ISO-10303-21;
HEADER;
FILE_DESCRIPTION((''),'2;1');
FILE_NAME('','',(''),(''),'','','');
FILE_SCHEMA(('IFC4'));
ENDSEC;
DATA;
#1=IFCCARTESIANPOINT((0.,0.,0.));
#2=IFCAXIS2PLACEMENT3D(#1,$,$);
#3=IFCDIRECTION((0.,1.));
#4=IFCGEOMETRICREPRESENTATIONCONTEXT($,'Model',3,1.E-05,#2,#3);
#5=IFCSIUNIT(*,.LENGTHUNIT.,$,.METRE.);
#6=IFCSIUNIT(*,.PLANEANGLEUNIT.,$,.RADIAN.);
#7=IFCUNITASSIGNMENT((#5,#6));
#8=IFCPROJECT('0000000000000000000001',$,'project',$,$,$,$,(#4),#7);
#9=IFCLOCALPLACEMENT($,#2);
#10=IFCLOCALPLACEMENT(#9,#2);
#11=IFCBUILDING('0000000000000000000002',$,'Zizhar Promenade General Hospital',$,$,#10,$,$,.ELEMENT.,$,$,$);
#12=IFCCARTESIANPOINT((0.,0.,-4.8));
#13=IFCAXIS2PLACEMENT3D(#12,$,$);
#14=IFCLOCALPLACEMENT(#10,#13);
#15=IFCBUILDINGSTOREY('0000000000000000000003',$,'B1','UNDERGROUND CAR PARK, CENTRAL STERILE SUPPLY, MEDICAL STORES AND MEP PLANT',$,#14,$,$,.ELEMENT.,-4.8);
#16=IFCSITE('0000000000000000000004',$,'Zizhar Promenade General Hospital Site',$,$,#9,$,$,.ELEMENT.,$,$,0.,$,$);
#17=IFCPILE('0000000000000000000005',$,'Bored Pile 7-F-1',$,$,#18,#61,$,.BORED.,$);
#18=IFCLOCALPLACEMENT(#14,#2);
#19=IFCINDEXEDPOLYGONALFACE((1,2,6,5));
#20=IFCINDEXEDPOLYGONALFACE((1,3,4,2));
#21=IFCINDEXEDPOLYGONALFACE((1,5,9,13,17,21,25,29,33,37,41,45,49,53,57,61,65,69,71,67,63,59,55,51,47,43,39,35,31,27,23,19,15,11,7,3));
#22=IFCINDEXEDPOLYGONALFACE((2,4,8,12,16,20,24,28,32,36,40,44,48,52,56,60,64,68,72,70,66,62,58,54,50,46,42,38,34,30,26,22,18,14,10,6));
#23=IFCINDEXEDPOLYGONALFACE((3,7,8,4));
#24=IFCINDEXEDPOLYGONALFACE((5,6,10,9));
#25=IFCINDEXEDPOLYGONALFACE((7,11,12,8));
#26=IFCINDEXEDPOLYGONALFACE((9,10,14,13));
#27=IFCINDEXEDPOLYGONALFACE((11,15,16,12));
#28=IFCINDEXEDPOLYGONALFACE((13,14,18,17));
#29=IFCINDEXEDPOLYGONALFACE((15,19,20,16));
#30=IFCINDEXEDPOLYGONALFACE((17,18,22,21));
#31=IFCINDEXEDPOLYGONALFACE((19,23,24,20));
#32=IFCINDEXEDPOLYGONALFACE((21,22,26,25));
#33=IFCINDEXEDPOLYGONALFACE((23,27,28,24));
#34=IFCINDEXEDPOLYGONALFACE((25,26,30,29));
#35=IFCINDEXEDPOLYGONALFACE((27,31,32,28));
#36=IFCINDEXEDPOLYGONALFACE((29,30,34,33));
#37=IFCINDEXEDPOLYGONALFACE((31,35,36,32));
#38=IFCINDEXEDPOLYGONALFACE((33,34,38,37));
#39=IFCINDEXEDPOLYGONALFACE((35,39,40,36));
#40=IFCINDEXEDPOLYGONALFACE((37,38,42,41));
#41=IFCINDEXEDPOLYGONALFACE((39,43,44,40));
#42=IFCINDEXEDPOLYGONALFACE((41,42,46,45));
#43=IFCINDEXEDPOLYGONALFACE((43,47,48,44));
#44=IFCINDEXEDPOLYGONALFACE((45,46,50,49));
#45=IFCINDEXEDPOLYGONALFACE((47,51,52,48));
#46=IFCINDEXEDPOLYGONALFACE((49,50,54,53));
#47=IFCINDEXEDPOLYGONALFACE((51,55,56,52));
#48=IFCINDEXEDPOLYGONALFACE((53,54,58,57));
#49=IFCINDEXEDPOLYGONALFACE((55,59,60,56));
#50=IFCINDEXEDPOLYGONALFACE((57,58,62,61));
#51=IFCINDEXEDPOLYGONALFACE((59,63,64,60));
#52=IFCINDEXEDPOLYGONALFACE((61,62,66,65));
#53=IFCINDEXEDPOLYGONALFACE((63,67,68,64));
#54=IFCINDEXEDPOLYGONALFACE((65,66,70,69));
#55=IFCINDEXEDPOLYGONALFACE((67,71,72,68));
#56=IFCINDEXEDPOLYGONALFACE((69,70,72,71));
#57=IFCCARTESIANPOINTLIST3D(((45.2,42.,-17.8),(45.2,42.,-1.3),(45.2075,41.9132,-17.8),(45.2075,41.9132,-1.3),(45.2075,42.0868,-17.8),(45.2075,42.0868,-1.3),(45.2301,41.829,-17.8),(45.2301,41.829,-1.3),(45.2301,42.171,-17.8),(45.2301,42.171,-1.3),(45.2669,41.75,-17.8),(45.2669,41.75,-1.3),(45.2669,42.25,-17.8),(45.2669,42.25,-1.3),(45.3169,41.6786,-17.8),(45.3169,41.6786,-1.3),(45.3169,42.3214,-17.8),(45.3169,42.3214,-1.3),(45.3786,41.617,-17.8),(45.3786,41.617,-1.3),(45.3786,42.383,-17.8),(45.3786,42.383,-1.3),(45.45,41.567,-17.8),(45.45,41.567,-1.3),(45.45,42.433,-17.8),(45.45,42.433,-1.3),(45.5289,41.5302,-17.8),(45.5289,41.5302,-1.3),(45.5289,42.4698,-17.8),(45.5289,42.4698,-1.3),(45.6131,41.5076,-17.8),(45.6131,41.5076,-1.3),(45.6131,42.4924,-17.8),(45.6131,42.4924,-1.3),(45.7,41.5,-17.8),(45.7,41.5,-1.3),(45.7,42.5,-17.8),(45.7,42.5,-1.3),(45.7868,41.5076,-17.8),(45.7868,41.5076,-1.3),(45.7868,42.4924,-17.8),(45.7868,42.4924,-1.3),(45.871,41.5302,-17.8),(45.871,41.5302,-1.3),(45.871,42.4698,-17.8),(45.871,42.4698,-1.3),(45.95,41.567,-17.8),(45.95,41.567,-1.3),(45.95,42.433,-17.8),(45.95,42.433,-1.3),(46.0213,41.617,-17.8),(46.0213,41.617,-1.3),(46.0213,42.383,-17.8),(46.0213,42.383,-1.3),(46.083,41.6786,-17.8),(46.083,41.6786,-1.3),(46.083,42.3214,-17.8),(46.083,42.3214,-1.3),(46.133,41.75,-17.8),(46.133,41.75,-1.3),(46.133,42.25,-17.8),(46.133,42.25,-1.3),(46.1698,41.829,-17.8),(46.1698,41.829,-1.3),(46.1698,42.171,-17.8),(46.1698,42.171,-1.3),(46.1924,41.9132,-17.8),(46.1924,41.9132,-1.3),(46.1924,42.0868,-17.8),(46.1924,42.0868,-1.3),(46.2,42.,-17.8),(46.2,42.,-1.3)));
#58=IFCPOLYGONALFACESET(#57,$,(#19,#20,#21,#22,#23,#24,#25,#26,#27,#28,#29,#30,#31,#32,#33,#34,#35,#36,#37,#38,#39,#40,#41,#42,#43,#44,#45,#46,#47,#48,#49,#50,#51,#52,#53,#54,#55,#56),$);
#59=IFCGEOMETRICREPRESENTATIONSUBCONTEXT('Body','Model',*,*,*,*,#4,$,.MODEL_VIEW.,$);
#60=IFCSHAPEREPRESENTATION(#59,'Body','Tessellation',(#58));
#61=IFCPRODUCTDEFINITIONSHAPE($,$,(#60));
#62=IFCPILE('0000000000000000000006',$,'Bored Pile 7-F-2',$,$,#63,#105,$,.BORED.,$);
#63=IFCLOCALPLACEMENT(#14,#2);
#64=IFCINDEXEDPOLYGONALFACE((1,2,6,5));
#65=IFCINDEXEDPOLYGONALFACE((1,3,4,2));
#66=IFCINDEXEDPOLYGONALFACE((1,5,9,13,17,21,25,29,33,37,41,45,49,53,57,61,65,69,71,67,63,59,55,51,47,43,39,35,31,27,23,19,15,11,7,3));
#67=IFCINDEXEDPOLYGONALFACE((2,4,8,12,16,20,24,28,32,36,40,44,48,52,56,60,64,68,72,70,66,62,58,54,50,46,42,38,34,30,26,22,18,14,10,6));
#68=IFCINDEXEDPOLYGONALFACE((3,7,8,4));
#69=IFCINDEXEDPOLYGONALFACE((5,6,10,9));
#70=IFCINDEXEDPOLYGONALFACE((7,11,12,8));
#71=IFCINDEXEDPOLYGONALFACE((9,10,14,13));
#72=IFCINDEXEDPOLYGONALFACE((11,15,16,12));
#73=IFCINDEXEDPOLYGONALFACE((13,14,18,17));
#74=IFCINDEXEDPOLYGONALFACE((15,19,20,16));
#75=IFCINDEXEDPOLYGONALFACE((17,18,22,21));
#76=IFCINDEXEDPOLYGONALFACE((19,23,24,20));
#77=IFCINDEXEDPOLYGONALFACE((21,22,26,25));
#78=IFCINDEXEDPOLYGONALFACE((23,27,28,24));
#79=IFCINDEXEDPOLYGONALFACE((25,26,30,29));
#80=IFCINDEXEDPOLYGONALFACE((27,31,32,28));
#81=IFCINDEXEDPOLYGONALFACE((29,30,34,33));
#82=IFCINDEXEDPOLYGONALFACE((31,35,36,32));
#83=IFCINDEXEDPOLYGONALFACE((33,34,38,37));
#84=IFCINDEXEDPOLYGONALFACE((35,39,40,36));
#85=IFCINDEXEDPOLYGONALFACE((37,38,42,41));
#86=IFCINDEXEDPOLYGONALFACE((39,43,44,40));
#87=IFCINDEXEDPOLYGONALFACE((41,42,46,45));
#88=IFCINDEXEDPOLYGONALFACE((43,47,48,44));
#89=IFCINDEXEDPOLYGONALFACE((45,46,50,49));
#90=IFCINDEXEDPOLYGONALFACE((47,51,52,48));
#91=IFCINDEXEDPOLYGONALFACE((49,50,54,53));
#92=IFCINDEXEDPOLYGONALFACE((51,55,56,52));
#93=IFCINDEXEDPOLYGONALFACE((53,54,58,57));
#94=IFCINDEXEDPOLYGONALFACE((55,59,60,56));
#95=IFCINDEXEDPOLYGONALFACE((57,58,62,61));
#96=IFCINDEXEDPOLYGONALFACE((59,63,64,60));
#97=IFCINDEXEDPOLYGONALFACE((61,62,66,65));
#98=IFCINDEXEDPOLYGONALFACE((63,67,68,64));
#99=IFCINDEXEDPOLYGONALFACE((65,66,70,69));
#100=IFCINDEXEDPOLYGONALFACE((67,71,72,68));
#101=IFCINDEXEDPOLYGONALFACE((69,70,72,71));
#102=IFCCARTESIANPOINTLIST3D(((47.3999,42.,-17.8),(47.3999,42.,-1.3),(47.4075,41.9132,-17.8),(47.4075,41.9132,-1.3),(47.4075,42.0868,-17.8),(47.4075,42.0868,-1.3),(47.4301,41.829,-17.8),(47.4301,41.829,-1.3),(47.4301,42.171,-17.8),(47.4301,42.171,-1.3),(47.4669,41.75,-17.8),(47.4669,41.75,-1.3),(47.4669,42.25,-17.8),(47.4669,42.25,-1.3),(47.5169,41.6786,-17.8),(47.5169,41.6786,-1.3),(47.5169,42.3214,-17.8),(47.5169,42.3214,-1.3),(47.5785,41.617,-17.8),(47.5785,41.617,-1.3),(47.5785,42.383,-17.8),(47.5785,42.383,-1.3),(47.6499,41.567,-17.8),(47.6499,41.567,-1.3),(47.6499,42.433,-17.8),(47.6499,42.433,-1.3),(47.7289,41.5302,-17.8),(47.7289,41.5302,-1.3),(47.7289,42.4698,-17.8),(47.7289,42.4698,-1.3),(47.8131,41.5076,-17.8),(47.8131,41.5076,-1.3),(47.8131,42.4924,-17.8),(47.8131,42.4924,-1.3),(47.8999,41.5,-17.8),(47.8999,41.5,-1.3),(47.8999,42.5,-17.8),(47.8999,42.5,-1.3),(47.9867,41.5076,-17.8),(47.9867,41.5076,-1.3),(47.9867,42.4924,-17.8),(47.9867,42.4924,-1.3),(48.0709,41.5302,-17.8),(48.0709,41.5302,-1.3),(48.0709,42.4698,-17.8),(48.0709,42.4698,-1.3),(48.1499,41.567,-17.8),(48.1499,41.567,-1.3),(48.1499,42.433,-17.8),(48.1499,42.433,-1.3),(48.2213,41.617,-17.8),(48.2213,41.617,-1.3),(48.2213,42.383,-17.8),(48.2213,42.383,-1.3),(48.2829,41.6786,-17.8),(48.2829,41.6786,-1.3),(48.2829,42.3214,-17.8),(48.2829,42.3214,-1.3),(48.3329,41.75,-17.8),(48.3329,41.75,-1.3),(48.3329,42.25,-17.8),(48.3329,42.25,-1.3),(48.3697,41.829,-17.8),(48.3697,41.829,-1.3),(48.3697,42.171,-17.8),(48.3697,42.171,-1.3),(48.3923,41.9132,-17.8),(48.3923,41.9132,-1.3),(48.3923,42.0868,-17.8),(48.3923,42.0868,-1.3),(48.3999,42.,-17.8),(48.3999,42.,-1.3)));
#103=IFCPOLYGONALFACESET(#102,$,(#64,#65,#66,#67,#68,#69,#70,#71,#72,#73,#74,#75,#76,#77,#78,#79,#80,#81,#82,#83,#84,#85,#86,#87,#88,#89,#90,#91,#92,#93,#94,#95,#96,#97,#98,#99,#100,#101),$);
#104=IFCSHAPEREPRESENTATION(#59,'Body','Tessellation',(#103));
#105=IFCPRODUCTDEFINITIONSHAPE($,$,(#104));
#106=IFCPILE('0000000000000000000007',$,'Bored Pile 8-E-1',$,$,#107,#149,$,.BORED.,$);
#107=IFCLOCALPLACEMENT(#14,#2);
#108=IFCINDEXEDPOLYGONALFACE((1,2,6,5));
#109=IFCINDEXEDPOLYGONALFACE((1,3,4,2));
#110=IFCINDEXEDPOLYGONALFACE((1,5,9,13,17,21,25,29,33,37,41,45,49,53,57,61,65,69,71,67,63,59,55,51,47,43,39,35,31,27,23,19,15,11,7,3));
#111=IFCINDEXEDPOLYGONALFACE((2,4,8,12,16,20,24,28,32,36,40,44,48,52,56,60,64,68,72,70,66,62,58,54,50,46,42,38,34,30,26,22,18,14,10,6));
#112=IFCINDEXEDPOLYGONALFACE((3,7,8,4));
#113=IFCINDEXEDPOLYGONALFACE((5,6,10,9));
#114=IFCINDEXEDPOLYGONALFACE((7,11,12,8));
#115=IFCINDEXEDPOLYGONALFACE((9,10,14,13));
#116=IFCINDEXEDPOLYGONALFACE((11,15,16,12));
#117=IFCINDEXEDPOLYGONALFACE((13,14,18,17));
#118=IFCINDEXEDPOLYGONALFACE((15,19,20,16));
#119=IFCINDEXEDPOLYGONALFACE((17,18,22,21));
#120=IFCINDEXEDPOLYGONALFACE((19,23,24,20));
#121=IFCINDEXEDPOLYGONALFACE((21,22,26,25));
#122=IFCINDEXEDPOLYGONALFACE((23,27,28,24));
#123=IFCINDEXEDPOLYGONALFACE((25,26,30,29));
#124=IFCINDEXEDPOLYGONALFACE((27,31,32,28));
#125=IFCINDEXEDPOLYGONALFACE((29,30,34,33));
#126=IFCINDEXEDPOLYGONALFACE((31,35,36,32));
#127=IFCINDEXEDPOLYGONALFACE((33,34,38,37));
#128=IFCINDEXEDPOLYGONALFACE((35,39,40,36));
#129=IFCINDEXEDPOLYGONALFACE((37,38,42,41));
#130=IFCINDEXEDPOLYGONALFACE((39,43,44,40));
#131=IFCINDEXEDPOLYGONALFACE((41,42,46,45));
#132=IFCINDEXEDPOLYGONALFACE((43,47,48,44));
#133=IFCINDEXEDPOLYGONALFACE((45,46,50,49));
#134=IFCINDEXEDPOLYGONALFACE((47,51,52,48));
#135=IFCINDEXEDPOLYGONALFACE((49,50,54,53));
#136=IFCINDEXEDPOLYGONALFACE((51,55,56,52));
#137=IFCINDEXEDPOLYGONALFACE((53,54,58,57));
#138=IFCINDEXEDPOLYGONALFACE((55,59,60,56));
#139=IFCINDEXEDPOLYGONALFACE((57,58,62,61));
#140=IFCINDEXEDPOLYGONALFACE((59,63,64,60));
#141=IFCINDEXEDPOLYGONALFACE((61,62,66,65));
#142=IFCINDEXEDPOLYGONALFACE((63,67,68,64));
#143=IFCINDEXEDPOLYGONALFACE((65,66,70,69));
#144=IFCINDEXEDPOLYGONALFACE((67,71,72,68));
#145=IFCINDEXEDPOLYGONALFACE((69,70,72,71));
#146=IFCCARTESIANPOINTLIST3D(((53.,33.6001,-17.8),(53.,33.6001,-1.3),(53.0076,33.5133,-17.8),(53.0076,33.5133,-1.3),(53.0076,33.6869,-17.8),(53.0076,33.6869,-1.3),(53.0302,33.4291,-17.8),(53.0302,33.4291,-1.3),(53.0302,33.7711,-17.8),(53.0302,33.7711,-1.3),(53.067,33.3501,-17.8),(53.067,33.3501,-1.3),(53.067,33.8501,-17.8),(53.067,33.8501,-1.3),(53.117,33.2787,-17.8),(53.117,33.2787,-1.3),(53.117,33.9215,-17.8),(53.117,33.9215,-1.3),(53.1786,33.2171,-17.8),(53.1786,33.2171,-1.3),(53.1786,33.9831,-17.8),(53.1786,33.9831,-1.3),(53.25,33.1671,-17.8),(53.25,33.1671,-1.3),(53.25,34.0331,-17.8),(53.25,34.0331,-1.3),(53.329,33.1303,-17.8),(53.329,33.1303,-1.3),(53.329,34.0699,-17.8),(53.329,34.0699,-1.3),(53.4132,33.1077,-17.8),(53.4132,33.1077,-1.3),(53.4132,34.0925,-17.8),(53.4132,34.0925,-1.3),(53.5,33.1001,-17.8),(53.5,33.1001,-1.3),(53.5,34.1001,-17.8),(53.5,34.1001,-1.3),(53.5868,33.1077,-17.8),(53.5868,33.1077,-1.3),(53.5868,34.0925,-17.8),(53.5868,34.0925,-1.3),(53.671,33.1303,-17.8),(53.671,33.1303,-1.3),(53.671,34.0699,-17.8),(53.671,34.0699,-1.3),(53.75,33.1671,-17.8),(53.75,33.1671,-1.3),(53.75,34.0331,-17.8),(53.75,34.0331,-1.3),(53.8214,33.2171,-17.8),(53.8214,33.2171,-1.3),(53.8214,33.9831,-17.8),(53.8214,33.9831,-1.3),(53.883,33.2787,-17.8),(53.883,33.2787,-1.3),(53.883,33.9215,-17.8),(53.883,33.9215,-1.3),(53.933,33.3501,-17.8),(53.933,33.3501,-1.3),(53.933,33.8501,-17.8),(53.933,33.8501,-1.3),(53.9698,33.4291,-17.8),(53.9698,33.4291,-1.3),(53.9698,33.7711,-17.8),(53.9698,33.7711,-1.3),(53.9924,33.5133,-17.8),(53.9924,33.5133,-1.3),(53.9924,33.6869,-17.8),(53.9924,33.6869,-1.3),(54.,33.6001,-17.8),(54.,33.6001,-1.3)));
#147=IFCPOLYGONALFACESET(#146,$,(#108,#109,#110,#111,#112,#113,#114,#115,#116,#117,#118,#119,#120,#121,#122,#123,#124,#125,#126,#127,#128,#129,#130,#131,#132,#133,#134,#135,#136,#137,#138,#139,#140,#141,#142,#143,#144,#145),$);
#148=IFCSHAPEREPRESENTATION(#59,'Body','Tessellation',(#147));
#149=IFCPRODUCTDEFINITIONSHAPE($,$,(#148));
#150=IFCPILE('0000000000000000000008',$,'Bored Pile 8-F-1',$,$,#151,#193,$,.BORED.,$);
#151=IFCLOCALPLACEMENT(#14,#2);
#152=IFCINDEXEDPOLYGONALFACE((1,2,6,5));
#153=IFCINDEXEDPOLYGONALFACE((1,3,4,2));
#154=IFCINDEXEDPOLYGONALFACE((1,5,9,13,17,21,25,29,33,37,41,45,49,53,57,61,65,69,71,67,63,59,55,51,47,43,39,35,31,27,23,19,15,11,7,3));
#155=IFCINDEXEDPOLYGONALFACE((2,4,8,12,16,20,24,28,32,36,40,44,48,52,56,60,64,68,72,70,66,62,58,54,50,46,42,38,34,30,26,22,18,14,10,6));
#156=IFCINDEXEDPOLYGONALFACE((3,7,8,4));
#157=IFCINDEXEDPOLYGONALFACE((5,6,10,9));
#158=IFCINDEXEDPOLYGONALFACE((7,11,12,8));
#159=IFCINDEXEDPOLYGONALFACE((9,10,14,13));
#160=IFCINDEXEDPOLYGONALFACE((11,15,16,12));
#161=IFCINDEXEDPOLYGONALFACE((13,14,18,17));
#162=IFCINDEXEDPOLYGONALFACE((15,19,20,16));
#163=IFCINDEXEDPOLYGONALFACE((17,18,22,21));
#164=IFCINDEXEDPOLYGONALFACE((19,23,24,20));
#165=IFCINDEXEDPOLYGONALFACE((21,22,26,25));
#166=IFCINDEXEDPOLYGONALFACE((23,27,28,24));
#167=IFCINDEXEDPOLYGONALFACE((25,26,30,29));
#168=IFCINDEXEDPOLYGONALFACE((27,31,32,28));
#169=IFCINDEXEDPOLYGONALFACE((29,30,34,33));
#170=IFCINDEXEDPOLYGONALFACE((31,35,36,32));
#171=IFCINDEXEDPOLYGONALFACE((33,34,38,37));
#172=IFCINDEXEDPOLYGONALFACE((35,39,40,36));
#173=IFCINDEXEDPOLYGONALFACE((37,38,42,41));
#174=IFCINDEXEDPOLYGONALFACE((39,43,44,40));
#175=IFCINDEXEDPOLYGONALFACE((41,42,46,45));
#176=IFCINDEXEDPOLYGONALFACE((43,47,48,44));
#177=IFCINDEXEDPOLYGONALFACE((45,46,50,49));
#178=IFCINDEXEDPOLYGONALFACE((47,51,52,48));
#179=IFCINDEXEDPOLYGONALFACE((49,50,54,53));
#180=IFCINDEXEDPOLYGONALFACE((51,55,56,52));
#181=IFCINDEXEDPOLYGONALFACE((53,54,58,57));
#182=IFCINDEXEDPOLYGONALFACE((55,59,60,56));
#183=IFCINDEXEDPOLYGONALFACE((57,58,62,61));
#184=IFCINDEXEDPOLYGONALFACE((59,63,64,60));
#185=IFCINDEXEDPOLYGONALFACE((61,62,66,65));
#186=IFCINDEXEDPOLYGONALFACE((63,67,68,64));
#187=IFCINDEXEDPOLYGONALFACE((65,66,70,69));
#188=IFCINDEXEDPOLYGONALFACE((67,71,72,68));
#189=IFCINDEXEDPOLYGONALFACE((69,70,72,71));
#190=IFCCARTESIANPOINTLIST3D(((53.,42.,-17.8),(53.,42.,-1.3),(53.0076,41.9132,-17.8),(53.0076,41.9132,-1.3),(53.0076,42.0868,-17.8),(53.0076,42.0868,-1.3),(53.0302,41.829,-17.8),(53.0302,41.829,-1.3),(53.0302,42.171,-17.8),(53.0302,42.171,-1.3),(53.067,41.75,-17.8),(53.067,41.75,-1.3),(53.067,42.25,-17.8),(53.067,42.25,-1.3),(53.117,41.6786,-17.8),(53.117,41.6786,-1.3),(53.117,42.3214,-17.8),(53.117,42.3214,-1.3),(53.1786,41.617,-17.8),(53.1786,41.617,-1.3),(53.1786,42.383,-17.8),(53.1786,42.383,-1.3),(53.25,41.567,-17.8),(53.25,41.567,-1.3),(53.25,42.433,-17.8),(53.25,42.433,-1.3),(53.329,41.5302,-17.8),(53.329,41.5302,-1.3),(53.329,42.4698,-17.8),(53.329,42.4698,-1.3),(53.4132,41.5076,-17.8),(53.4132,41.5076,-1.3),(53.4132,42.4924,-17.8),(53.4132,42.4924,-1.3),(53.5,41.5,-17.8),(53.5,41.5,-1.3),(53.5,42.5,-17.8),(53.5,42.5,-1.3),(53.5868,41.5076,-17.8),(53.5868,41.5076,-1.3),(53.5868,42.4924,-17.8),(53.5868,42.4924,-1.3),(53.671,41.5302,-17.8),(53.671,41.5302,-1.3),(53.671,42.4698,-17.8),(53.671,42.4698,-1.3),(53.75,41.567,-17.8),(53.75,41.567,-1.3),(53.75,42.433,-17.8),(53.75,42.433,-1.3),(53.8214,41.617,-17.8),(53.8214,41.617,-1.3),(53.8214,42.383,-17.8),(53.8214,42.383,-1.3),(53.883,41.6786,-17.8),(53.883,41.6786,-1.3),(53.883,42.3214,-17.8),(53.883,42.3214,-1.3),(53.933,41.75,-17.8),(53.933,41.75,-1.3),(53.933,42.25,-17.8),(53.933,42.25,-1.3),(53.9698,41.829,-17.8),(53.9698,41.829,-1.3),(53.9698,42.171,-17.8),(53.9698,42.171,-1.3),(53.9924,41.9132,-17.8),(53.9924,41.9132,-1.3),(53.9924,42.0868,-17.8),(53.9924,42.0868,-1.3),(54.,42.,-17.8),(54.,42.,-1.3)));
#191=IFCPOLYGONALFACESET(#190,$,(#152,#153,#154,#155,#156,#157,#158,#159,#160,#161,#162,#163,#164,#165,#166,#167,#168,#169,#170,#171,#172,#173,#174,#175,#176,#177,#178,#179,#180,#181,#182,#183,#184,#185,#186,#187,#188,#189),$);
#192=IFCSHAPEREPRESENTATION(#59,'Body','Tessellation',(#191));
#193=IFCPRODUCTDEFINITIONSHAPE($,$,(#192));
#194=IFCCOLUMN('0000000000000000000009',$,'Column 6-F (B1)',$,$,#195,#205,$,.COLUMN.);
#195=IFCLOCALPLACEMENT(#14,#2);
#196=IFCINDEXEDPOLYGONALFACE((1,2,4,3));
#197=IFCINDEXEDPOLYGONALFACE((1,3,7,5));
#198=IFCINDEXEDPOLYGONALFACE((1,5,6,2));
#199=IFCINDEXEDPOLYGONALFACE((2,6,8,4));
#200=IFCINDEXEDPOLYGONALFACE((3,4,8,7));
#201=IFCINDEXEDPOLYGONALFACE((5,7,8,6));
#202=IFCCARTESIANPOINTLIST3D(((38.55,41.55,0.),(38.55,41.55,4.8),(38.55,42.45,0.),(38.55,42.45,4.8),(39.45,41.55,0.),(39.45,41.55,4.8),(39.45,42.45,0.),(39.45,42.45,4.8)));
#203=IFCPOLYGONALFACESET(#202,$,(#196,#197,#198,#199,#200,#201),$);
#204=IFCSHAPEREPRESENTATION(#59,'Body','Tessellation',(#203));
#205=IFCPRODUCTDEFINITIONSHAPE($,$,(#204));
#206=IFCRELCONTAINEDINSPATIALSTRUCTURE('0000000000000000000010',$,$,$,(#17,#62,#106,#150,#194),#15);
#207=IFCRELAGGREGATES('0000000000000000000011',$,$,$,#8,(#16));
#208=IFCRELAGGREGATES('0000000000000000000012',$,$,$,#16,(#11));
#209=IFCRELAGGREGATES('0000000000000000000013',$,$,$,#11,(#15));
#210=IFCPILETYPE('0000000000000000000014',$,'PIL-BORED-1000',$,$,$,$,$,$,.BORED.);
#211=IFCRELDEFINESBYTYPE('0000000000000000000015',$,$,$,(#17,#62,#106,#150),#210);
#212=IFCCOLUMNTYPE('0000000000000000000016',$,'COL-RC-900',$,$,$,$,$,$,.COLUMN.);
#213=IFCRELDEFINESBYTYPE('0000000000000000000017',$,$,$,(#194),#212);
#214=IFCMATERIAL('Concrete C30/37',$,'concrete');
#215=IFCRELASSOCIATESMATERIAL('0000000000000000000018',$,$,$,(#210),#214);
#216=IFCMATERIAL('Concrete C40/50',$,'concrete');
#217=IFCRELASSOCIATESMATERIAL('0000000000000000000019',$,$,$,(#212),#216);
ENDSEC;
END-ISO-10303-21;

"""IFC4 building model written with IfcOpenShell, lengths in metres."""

from ifc_helpers import new_model, si_unit, direction, frame, origin, origin_2d, place, context, subcontext, project, spatial, rectangle, circle, extrude, material, material_profile, profile_set, type_object, element, save


model = new_model("IFC4")

# Units and contexts
model_context = context("Model", 3, precision=1e-05, world=origin(), true_north=direction((0.0, 1.0)))
body_context = subcontext(model_context, "Body", "Model", "MODEL_VIEW")
ifc_project = project(units=[si_unit("LENGTHUNIT", "METRE"), si_unit("PLANEANGLEUNIT", "RADIAN")], contexts=[model_context])

# Site, building, storey
site_placement = place(None, origin())
site = spatial("IfcSite", under=ifc_project, at=site_placement, Name="Zizhar Promenade General Hospital Site", CompositionType="ELEMENT", RefElevation=0.0)
building_placement = place(site_placement, origin())
building = spatial("IfcBuilding", under=site, at=building_placement, Name="Zizhar Promenade General Hospital", CompositionType="ELEMENT")
storey_placement = place(building_placement, frame((0.0, 0.0, -4.8)))
storey = spatial("IfcBuildingStorey", under=building, at=storey_placement, Name="B1", Description="UNDERGROUND CAR PARK, CENTRAL STERILE SUPPLY, MEDICAL STORES AND MEP PLANT", CompositionType="ELEMENT", Elevation=-4.8)

# Piles
ifc_material_1 = material(Name="Concrete C30/37", Category="concrete")
ifc_material_profile_1 = material_profile(ifc_material_1, circle(Radius=0.5, at=origin_2d()))
ifc_profile_set_1 = profile_set([ifc_material_profile_1], Name="Concrete C30/37")
pile_type = type_object("IfcPileType", Name="PIL-BORED-1000", PredefinedType="BORED", material=ifc_profile_set_1)
for number, where, z_axis, x_axis, name in (
    (1, (45.7, 42.0, -1.3), (0.0, 0.0, -1.0), (1.0, 0.0, 0.0), "Bored Pile 7-F-1"),
    (2, (47.8999, 42.0, -1.3), (0.0, 0.0, -1.0), (1.0, 0.0, 0.0), "Bored Pile 7-F-2"),
    (3, (53.5, 33.6001, -1.3), (0.0, 0.0, -1.0), (1.0, 0.0, 0.0), "Bored Pile 8-E-1"),
    (4, (53.5, 42.0, -1.3), (0.0, 0.0, -1.0), (1.0, 0.0, 0.0), "Bored Pile 8-F-1"),
):
    element("IfcPile", number, at=place(storey_placement, frame(where, z_axis=z_axis, x_axis=x_axis)), inside=storey, type_object=pile_type, Name=name, PredefinedType="BORED", context=body_context, shape_type="SweptSolid", body=[
        extrude(circle(Radius=0.5, at=origin_2d()), origin(), (0.0, 0.0, 1.0), 16.5),
    ])

# Column
ifc_material_2 = material(Name="Concrete C40/50", Category="concrete")
ifc_material_profile_2 = material_profile(ifc_material_2, rectangle(XDim=0.8999, YDim=0.8999, at=origin_2d()))
ifc_profile_set_2 = profile_set([ifc_material_profile_2], Name="Concrete C40/50")
column_type = type_object("IfcColumnType", Name="COL-RC-900", PredefinedType="COLUMN", material=ifc_profile_set_2)
for number, where, z_axis, x_axis, name in (
    (5, (39.0, 42.0, 0.0), (0.0, 0.0, 1.0), (1.0, 0.0, 0.0), "Column 6-F (B1)"),
):
    element("IfcColumn", number, at=place(storey_placement, frame(where, z_axis=z_axis, x_axis=x_axis)), inside=storey, type_object=column_type, Name=name, PredefinedType="COLUMN", context=body_context, shape_type="SweptSolid", body=[
        extrude(rectangle(XDim=0.8999, YDim=0.8999, at=origin_2d()), origin(), (0.0, 0.0, 1.0), 4.8),
    ])

save(model, "model.ifc")
